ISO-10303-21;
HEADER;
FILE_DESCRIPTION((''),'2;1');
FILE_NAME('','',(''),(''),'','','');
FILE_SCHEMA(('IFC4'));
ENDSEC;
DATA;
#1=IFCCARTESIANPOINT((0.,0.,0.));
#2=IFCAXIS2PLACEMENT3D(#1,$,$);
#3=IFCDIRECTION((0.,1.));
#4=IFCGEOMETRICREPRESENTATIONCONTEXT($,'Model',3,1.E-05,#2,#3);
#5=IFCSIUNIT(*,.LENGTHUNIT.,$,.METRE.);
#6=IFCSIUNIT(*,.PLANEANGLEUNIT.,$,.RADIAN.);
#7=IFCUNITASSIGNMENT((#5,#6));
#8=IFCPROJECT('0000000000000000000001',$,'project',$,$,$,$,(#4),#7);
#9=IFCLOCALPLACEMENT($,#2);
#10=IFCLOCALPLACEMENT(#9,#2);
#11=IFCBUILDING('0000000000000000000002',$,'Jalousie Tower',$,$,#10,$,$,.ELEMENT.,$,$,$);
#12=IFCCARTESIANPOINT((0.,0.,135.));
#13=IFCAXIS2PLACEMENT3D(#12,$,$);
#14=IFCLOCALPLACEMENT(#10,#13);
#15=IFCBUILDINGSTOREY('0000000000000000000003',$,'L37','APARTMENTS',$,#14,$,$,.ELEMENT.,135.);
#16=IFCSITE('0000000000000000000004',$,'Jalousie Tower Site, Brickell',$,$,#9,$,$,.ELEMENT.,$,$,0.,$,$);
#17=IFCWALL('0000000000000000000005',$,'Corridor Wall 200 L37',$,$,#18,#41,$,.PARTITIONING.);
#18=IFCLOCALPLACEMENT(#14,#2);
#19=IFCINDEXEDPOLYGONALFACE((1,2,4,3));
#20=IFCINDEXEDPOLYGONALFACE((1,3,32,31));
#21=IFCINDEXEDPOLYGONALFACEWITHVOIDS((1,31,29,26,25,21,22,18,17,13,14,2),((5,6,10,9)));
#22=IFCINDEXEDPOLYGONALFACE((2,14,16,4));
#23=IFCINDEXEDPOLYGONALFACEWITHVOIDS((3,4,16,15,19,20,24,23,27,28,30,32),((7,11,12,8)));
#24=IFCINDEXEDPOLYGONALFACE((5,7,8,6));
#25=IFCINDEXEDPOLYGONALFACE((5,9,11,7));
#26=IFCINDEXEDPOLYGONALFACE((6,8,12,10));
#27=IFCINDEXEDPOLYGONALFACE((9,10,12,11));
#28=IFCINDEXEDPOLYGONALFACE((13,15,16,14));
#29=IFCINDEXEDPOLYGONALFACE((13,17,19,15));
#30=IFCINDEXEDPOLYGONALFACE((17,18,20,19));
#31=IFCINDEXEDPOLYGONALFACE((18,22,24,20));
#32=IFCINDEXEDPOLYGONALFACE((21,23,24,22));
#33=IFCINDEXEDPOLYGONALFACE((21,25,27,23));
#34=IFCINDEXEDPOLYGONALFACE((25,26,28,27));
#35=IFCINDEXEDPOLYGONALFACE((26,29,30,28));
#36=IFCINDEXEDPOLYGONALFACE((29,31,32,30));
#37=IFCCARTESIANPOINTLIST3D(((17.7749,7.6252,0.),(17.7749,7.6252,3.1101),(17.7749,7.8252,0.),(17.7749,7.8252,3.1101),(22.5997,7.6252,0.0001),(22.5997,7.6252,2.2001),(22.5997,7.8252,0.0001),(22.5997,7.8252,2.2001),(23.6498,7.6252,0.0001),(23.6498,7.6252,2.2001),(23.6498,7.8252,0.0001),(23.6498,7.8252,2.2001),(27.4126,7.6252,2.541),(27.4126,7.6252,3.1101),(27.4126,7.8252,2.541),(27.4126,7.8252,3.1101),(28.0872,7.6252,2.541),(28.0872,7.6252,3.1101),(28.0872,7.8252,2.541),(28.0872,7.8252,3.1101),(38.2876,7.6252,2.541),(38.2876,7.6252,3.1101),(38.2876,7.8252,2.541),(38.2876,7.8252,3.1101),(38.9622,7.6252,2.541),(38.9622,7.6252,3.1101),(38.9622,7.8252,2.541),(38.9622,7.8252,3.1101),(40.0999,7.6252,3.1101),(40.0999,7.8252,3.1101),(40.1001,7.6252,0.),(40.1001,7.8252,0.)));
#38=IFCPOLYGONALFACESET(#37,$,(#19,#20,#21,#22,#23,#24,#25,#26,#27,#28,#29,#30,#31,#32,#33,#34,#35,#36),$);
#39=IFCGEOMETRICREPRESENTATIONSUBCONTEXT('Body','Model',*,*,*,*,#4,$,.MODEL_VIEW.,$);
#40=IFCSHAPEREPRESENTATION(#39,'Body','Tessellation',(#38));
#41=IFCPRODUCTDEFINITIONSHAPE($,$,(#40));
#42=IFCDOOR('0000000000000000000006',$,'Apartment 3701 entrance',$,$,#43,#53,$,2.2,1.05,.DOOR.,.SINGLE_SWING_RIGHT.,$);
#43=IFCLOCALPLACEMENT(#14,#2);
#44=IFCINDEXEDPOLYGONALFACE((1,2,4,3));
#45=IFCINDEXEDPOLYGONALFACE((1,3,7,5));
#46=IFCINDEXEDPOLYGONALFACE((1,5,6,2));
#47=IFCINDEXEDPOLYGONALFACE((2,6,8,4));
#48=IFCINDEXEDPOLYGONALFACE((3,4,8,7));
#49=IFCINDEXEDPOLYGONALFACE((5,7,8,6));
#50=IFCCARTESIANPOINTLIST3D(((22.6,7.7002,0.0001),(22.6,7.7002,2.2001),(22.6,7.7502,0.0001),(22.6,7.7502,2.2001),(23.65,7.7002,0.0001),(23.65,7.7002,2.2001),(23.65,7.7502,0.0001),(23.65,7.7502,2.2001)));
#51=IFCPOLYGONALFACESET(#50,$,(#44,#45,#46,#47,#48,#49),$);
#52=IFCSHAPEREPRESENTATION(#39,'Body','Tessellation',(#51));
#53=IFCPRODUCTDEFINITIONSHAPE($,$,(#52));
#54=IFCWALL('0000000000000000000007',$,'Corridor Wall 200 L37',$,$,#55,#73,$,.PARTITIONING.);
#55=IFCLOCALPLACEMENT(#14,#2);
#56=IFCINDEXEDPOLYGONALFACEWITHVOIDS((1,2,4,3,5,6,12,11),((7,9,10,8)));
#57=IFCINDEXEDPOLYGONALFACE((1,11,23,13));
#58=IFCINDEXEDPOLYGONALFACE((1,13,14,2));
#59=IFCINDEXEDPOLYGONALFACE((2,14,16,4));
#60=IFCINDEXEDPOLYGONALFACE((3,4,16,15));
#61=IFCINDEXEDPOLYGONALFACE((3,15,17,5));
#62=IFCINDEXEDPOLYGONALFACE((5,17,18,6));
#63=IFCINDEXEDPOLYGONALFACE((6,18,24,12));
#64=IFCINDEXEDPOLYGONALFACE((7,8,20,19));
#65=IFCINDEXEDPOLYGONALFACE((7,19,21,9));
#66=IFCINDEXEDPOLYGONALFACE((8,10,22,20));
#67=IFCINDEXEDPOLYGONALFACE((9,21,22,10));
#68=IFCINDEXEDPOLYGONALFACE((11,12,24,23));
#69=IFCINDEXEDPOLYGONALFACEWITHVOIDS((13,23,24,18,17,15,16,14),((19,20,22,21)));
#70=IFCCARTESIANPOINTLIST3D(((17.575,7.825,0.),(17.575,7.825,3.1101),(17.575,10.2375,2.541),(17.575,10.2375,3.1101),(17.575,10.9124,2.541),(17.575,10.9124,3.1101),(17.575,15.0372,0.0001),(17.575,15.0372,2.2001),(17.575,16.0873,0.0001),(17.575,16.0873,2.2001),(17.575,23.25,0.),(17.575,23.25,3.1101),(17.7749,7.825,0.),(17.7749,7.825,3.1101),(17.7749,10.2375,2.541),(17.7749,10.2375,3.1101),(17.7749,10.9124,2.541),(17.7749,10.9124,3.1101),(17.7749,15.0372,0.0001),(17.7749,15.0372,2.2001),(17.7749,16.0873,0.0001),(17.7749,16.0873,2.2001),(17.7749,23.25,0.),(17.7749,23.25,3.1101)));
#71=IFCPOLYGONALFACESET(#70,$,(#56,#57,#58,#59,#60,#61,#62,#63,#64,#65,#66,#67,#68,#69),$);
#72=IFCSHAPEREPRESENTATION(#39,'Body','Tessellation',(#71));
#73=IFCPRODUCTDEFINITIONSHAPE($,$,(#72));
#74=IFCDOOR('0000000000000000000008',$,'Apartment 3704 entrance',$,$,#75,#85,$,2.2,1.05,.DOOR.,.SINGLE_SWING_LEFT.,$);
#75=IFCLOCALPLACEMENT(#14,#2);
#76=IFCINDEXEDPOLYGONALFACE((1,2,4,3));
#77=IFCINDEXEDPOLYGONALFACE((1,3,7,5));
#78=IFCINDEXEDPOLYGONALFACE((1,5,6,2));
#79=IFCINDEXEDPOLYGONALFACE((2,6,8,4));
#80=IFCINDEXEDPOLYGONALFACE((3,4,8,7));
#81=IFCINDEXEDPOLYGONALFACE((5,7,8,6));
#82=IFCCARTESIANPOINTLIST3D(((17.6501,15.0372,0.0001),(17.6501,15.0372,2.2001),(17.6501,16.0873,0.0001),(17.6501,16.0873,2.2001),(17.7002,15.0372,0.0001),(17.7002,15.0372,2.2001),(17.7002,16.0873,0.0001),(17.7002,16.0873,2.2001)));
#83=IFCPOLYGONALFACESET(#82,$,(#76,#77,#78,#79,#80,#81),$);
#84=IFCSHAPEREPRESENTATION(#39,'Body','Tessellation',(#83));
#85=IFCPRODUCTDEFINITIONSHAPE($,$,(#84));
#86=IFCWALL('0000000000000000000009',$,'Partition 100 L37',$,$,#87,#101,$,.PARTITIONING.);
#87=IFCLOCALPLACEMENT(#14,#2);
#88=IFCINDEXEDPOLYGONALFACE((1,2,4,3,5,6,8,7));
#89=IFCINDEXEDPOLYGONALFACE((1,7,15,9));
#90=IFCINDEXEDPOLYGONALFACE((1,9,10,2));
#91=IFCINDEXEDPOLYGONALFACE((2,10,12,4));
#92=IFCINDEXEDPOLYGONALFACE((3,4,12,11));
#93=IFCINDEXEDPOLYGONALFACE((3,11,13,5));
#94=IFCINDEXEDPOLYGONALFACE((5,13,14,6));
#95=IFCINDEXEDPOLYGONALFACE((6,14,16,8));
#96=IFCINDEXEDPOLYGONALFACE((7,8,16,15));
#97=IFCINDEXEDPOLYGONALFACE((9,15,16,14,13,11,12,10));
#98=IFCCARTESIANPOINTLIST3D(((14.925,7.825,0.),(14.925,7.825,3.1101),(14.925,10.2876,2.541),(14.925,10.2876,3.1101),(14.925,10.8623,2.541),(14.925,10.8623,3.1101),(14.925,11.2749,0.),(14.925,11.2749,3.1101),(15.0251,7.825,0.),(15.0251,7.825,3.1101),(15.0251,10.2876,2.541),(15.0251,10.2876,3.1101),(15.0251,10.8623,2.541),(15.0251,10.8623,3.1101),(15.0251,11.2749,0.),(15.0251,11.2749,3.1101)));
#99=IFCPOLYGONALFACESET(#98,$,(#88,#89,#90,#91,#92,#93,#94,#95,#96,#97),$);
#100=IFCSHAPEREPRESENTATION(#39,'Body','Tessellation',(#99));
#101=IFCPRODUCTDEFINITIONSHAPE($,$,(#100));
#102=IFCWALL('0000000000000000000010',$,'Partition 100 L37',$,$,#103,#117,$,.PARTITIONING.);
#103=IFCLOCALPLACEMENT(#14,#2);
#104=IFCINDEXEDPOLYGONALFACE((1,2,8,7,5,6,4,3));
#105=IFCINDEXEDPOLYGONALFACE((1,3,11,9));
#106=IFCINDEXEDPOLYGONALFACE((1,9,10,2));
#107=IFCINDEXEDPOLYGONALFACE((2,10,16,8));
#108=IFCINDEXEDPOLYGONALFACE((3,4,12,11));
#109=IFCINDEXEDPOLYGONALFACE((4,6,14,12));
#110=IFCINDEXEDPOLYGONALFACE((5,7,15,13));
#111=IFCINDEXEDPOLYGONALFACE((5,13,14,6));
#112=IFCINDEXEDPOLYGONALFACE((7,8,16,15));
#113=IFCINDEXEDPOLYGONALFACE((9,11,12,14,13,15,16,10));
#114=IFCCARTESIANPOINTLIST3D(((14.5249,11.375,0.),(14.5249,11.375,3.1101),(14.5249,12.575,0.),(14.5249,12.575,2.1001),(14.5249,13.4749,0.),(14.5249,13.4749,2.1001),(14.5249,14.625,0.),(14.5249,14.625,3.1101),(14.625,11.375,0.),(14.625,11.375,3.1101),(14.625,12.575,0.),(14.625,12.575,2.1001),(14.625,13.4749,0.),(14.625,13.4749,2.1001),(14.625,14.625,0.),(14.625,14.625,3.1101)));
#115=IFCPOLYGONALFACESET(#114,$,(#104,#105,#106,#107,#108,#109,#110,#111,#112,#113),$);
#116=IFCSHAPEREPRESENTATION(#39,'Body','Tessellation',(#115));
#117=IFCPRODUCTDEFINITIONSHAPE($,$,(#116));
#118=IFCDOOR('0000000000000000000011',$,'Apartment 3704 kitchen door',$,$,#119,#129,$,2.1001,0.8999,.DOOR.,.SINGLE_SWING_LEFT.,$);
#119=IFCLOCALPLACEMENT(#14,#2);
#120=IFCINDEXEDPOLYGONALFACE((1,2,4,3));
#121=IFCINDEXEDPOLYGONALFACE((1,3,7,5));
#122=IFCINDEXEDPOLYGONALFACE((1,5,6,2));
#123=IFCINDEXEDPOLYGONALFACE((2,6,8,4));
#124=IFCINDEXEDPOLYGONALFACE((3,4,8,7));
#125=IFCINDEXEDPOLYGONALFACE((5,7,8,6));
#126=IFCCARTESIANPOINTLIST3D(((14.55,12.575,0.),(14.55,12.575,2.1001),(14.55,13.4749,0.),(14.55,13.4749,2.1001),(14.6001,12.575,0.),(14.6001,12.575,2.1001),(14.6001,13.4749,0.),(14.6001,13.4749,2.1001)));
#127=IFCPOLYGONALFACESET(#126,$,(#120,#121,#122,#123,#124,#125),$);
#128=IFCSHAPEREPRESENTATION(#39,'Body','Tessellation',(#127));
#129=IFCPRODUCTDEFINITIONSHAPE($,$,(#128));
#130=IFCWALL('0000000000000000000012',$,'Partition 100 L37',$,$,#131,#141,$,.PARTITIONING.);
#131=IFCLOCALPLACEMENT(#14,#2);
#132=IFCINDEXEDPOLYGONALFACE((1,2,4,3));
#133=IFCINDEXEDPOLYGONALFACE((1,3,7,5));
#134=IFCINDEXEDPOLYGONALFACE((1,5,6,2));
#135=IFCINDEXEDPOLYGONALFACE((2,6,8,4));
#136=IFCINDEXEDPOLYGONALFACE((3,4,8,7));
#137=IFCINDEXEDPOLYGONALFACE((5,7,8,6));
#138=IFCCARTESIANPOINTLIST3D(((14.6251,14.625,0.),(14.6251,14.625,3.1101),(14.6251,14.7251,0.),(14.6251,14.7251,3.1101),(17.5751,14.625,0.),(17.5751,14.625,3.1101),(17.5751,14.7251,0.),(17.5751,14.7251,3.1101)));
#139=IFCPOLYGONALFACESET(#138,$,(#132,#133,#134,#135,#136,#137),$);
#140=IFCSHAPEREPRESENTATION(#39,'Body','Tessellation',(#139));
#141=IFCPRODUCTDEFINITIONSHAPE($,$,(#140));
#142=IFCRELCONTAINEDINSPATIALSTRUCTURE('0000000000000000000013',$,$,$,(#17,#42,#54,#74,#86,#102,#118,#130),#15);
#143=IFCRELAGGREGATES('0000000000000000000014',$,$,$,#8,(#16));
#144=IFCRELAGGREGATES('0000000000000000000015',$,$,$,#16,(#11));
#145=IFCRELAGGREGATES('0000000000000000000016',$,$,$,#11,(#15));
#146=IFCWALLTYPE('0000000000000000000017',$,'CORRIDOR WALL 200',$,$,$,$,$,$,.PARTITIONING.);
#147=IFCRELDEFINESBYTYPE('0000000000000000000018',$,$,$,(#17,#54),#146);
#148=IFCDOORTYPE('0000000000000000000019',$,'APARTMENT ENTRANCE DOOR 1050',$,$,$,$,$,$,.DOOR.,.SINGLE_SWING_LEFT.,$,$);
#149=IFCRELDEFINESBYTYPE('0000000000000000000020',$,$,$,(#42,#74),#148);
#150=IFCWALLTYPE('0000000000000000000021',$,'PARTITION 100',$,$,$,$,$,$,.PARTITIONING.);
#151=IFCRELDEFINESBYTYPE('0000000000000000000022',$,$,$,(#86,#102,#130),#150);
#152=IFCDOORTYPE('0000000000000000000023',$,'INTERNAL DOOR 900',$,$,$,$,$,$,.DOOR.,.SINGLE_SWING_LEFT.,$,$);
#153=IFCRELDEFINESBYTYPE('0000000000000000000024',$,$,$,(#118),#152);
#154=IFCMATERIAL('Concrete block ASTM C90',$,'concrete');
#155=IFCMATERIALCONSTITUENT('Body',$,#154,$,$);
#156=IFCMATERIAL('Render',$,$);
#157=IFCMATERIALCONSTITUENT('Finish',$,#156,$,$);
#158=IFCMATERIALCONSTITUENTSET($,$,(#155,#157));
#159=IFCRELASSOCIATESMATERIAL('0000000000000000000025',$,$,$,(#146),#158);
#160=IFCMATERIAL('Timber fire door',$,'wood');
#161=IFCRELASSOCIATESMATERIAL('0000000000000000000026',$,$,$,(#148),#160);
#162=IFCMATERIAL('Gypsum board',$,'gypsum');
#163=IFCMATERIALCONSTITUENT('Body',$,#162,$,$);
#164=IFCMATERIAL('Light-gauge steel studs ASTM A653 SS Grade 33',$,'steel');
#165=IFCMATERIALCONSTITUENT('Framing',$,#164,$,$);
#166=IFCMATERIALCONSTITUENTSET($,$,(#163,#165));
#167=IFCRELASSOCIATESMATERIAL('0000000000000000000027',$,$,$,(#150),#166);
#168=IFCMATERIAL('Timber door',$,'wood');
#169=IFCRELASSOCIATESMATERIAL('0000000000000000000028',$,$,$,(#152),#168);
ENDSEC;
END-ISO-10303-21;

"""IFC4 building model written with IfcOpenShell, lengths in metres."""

from ifc_helpers import new_model, si_unit, direction, frame, frame_2d, origin, place, context, subcontext, project, spatial, polyline, rectangle, outline, extrude, material, constituent, constituent_set, type_object, element, fill, save


model = new_model("IFC4")

# Units and contexts
model_context = context("Model", 3, precision=1e-05, world=origin(), true_north=direction((0.0, 1.0)))
body_context = subcontext(model_context, "Body", "Model", "MODEL_VIEW")
ifc_project = project(units=[si_unit("LENGTHUNIT", "METRE"), si_unit("PLANEANGLEUNIT", "RADIAN")], contexts=[model_context])

# Site, building, storey
site_placement = place(None, origin())
site = spatial("IfcSite", under=ifc_project, at=site_placement, Name="Jalousie Tower Site, Brickell", CompositionType="ELEMENT", RefElevation=0.0)
building_placement = place(site_placement, origin())
building = spatial("IfcBuilding", under=site, at=building_placement, Name="Jalousie Tower", CompositionType="ELEMENT")
storey_placement = place(building_placement, frame((0.0, 0.0, 135.0)))
storey = spatial("IfcBuildingStorey", under=building, at=storey_placement, Name="L37", Description="APARTMENTS", CompositionType="ELEMENT", Elevation=135.0)

# Walls, openings, doors
ifc_material_1 = material(Name="Concrete block ASTM C90", Category="concrete")
ifc_constituent_1 = constituent(ifc_material_1, Name="Body")
ifc_material_2 = material(Name="Render")
ifc_constituent_2 = constituent(ifc_material_2, Name="Finish")
ifc_constituent_set_1 = constituent_set(constituents=[ifc_constituent_1, ifc_constituent_2])
wall_type_1 = type_object("IfcWallType", Name="CORRIDOR WALL 200", PredefinedType="PARTITIONING", material=ifc_constituent_set_1)
wall_1_placement = place(storey_placement, frame((17.7749, 7.7251, 0.0), z_axis=(0.0, 0.0, 1.0), x_axis=(1.0, 0.0, 0.0)))
wall_1 = element("IfcWall", 1, at=wall_1_placement, inside=storey, type_object=wall_type_1, Name="Corridor Wall 200 L37", PredefinedType="PARTITIONING", context=body_context, shape_type="SweptSolid", body=[
    extrude(outline(polyline([(0.0, 0.0), (22.3252, 0.0), (22.325, 3.1101), (21.1873, 3.1101), (21.1873, 2.541), (20.5127, 2.541), (20.5127, 3.1101), (10.3123, 3.1101), (10.3123, 2.541), (9.6377, 2.541), (9.6377, 3.1101), (0.0, 3.1101), (0.0, 0.0)])), frame((0.0, 0.1001, 0.0), z_axis=(0.0, -1.0, 0.0), x_axis=(1.0, 0.0, 0.0)), (0.0, 0.0, 1.0), 0.2),
])
opening_1_placement = place(wall_1_placement, frame((4.825, 0.0, 0.0)))
opening_1 = element("IfcOpeningElement", 2, at=opening_1_placement, cuts=wall_1, PredefinedType="OPENING", context=body_context, shape_type="SweptSolid", body=[
    extrude(rectangle(XDim=1.05, YDim=2.2, at=frame_2d((0.5249, 1.1001))), frame((0.0, 0.1099, 0.0), z_axis=(0.0, -1.0, 0.0), x_axis=(1.0, 0.0, 0.0)), (0.0, 0.0, 1.0), 0.22),
])
ifc_material_3 = material(Name="Timber fire door", Category="wood")
door_type_1 = type_object("IfcDoorType", Name="APARTMENT ENTRANCE DOOR 1050", OperationType="SINGLE_SWING_LEFT", PredefinedType="DOOR", material=ifc_material_3)
door_1_placement = place(opening_1_placement, frame((1.05, 0.0, 0.0), z_axis=(0.0, 0.0, 1.0), x_axis=(-1.0, 0.0, 0.0)))
door_1 = element("IfcDoor", 3, at=door_1_placement, inside=storey, type_object=door_type_1, Name="Apartment 3701 entrance", OperationType="SINGLE_SWING_RIGHT", OverallHeight=2.2, OverallWidth=1.05, PredefinedType="DOOR", context=body_context, shape_type="SweptSolid", body=[
    extrude(rectangle(XDim=1.05, YDim=2.2, at=frame_2d((0.5249, 1.1001))), frame((0.0, 0.0249, 0.0), z_axis=(0.0, -1.0, 0.0), x_axis=(1.0, 0.0, 0.0)), (0.0, 0.0, 1.0), 0.05),
])
fill(opening_1, door_1)
wall_2_placement = place(storey_placement, frame((17.675, 7.825, 0.0), z_axis=(0.0, 0.0, 1.0), x_axis=(0.0, 1.0, 0.0)))
wall_2 = element("IfcWall", 4, at=wall_2_placement, inside=storey, type_object=wall_type_1, Name="Corridor Wall 200 L37", PredefinedType="PARTITIONING", context=body_context, shape_type="SweptSolid", body=[
    extrude(outline(polyline([(0.0, 0.0), (15.425, 0.0), (15.425, 3.1101), (3.0874, 3.1101), (3.0874, 2.541), (2.4126, 2.541), (2.4126, 3.1101), (0.0, 3.1101), (0.0, 0.0)])), frame((0.0, 0.1001, 0.0), z_axis=(0.0, -1.0, 0.0), x_axis=(1.0, 0.0, 0.0)), (0.0, 0.0, 1.0), 0.2),
])
opening_2_placement = place(wall_2_placement, frame((7.2124, 0.0, 0.0)))
opening_2 = element("IfcOpeningElement", 5, at=opening_2_placement, cuts=wall_2, PredefinedType="OPENING", context=body_context, shape_type="SweptSolid", body=[
    extrude(rectangle(XDim=1.05, YDim=2.2, at=frame_2d((0.5249, 1.1001))), frame((0.0, 0.1099, 0.0), z_axis=(0.0, -1.0, 0.0), x_axis=(1.0, 0.0, 0.0)), (0.0, 0.0, 1.0), 0.22),
])
door_2_placement = place(opening_2_placement, origin())
door_2 = element("IfcDoor", 6, at=door_2_placement, inside=storey, type_object=door_type_1, Name="Apartment 3704 entrance", OperationType="SINGLE_SWING_LEFT", OverallHeight=2.2, OverallWidth=1.05, PredefinedType="DOOR", context=body_context, shape_type="SweptSolid", body=[
    extrude(rectangle(XDim=1.05, YDim=2.2, at=frame_2d((0.5249, 1.1001))), frame((0.0, 0.0249, 0.0), z_axis=(0.0, -1.0, 0.0), x_axis=(1.0, 0.0, 0.0)), (0.0, 0.0, 1.0), 0.05),
])
fill(opening_2, door_2)

# Wall
ifc_material_4 = material(Name="Gypsum board", Category="gypsum")
ifc_constituent_3 = constituent(ifc_material_4, Name="Body")
ifc_material_5 = material(Name="Light-gauge steel studs ASTM A653 SS Grade 33", Category="steel")
ifc_constituent_4 = constituent(ifc_material_5, Name="Framing")
ifc_constituent_set_2 = constituent_set(constituents=[ifc_constituent_3, ifc_constituent_4])
wall_type_2 = type_object("IfcWallType", Name="PARTITION 100", PredefinedType="PARTITIONING", material=ifc_constituent_set_2)
wall_3_placement = place(storey_placement, frame((14.9751, 7.825, 0.0), z_axis=(0.0, 0.0, 1.0), x_axis=(0.0, 1.0, 0.0)))
element("IfcWall", 7, at=wall_3_placement, inside=storey, type_object=wall_type_2, Name="Partition 100 L37", PredefinedType="PARTITIONING", context=body_context, shape_type="SweptSolid", body=[
    extrude(outline(polyline([(0.0, 0.0), (3.45, 0.0), (3.45, 3.1101), (3.0374, 3.1101), (3.0374, 2.541), (2.4626, 2.541), (2.4626, 3.1101), (0.0, 3.1101), (0.0, 0.0)])), frame((0.0, 0.05, 0.0), z_axis=(0.0, -1.0, 0.0), x_axis=(1.0, 0.0, 0.0)), (0.0, 0.0, 1.0), 0.1001),
])

# Wall, opening, door
wall_4_placement = place(storey_placement, frame((14.575, 11.375, 0.0), z_axis=(0.0, 0.0, 1.0), x_axis=(0.0, 1.0, 0.0)))
wall_4 = element("IfcWall", 8, at=wall_4_placement, inside=storey, type_object=wall_type_2, Name="Partition 100 L37", PredefinedType="PARTITIONING", context=body_context, shape_type="SweptSolid", body=[
    extrude(rectangle(XDim=3.25, YDim=0.1001, at=frame_2d((1.625, 0.0))), origin(), (0.0, 0.0, 1.0), 3.1101),
])
opening_3_placement = place(wall_4_placement, frame((1.2, 0.0, 0.0)))
opening_3 = element("IfcOpeningElement", 9, at=opening_3_placement, cuts=wall_4, PredefinedType="OPENING", context=body_context, shape_type="SweptSolid", body=[
    extrude(rectangle(XDim=0.8999, YDim=2.1001, at=frame_2d((0.45, 1.05))), frame((0.0, 0.0601, 0.0), z_axis=(0.0, -1.0, 0.0), x_axis=(1.0, 0.0, 0.0)), (0.0, 0.0, 1.0), 0.1201),
])
ifc_material_6 = material(Name="Timber door", Category="wood")
door_type_2 = type_object("IfcDoorType", Name="INTERNAL DOOR 900", OperationType="SINGLE_SWING_LEFT", PredefinedType="DOOR", material=ifc_material_6)
door_3_placement = place(opening_3_placement, origin())
door_3 = element("IfcDoor", 10, at=door_3_placement, inside=storey, type_object=door_type_2, Name="Apartment 3704 kitchen door", OperationType="SINGLE_SWING_LEFT", OverallHeight=2.1001, OverallWidth=0.8999, PredefinedType="DOOR", context=body_context, shape_type="SweptSolid", body=[
    extrude(rectangle(XDim=0.8999, YDim=2.1001, at=frame_2d((0.45, 1.05))), frame((0.0, 0.0249, 0.0), z_axis=(0.0, -1.0, 0.0), x_axis=(1.0, 0.0, 0.0)), (0.0, 0.0, 1.0), 0.05),
])
fill(opening_3, door_3)

# Wall
wall_5_placement = place(storey_placement, frame((14.625, 14.675, 0.0), z_axis=(0.0, 0.0, 1.0), x_axis=(1.0, 0.0, 0.0)))
element("IfcWall", 11, at=wall_5_placement, inside=storey, type_object=wall_type_2, Name="Partition 100 L37", PredefinedType="PARTITIONING", context=body_context, shape_type="SweptSolid", body=[
    extrude(rectangle(XDim=2.95, YDim=0.1001, at=frame_2d((1.4751, 0.0))), origin(), (0.0, 0.0, 1.0), 3.1101),
])

save(model, "model.ifc")
